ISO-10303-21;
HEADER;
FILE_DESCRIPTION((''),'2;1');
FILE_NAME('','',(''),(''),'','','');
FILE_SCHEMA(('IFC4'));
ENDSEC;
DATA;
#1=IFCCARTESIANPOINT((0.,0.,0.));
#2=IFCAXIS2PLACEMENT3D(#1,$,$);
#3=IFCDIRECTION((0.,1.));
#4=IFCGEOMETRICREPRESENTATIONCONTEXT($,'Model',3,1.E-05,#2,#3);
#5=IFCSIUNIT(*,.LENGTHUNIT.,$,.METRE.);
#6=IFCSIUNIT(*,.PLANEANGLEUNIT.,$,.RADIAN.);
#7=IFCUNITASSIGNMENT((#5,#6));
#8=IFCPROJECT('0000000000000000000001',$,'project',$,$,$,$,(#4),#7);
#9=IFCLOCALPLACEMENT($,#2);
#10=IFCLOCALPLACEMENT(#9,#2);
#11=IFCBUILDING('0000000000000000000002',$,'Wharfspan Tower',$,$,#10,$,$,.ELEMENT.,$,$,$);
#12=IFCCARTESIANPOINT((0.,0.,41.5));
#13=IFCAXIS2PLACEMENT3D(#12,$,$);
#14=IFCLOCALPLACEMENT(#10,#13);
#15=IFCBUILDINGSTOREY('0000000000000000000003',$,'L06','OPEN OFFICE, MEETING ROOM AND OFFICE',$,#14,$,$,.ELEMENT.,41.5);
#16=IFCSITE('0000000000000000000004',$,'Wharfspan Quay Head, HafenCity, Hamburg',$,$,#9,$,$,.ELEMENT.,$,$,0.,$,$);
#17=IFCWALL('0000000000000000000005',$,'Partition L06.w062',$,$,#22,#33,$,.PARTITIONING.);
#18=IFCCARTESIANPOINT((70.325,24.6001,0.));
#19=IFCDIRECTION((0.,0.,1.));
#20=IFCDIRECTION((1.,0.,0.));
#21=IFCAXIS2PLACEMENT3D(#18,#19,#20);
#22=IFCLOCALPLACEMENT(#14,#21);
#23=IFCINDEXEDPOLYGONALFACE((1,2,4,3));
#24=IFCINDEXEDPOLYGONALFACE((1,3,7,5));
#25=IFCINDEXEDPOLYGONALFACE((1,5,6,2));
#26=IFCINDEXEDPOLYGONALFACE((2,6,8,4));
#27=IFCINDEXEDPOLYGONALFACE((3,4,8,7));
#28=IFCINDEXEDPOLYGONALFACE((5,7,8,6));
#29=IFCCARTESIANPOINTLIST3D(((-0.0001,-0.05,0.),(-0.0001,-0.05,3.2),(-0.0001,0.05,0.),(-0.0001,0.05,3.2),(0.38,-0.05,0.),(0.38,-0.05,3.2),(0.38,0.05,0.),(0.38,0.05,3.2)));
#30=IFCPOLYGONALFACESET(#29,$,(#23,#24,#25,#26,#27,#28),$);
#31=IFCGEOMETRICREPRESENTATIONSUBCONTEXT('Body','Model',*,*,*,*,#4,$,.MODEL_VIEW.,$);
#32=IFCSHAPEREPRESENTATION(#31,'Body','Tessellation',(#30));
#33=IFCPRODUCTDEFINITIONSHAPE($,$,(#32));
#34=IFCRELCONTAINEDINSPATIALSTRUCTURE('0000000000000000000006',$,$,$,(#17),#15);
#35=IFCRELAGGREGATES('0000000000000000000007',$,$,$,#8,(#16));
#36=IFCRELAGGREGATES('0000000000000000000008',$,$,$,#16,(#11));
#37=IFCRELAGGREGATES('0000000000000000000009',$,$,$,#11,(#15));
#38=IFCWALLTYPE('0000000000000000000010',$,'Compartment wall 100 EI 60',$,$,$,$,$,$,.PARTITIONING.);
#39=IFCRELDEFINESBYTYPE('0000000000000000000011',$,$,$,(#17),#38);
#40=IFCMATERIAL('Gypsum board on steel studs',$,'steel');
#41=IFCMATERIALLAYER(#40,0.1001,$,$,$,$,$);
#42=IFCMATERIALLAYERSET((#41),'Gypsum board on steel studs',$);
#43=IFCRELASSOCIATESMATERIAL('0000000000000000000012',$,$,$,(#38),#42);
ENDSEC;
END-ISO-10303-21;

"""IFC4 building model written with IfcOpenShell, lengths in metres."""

from ifc_helpers import new_model, si_unit, direction, frame, frame_2d, origin, place, context, subcontext, project, spatial, rectangle, extrude, material, layer, layer_set, type_object, element, save


model = new_model("IFC4")

# Units and contexts
model_context = context("Model", 3, precision=1e-05, world=origin(), true_north=direction((0.0, 1.0)))
body_context = subcontext(model_context, "Body", "Model", "MODEL_VIEW")
ifc_project = project(units=[si_unit("LENGTHUNIT", "METRE"), si_unit("PLANEANGLEUNIT", "RADIAN")], contexts=[model_context])

# Site, building, storey
site_placement = place(None, origin())
site = spatial("IfcSite", under=ifc_project, at=site_placement, Name="Wharfspan Quay Head, HafenCity, Hamburg", CompositionType="ELEMENT", RefElevation=0.0)
building_placement = place(site_placement, origin())
building = spatial("IfcBuilding", under=site, at=building_placement, Name="Wharfspan Tower", CompositionType="ELEMENT")
storey_placement = place(building_placement, frame((0.0, 0.0, 41.5)))
storey = spatial("IfcBuildingStorey", under=building, at=storey_placement, Name="L06", Description="OPEN OFFICE, MEETING ROOM AND OFFICE", CompositionType="ELEMENT", Elevation=41.5)

# Wall
ifc_material_1 = material(Name="Gypsum board on steel studs", Category="steel")
ifc_layer_1 = layer(ifc_material_1, 0.1001)
ifc_layer_set_1 = layer_set([ifc_layer_1], Name="Gypsum board on steel studs")
wall_type_1 = type_object("IfcWallType", Name="Compartment wall 100 EI 60", PredefinedType="PARTITIONING", material=ifc_layer_set_1)
wall_1_placement = place(storey_placement, frame((70.325, 24.6001, 0.0), z_axis=(0.0, 0.0, 1.0), x_axis=(1.0, 0.0, 0.0)))
element("IfcWall", 1, at=wall_1_placement, inside=storey, type_object=wall_type_1, Name="Partition L06.w062", PredefinedType="PARTITIONING", context=body_context, shape_type="SweptSolid", body=[
    extrude(rectangle(XDim=0.3801, YDim=0.1001, at=frame_2d((0.1899, 0.0))), origin(), (0.0, 0.0, 1.0), 3.2),
])

save(model, "model.ifc")
